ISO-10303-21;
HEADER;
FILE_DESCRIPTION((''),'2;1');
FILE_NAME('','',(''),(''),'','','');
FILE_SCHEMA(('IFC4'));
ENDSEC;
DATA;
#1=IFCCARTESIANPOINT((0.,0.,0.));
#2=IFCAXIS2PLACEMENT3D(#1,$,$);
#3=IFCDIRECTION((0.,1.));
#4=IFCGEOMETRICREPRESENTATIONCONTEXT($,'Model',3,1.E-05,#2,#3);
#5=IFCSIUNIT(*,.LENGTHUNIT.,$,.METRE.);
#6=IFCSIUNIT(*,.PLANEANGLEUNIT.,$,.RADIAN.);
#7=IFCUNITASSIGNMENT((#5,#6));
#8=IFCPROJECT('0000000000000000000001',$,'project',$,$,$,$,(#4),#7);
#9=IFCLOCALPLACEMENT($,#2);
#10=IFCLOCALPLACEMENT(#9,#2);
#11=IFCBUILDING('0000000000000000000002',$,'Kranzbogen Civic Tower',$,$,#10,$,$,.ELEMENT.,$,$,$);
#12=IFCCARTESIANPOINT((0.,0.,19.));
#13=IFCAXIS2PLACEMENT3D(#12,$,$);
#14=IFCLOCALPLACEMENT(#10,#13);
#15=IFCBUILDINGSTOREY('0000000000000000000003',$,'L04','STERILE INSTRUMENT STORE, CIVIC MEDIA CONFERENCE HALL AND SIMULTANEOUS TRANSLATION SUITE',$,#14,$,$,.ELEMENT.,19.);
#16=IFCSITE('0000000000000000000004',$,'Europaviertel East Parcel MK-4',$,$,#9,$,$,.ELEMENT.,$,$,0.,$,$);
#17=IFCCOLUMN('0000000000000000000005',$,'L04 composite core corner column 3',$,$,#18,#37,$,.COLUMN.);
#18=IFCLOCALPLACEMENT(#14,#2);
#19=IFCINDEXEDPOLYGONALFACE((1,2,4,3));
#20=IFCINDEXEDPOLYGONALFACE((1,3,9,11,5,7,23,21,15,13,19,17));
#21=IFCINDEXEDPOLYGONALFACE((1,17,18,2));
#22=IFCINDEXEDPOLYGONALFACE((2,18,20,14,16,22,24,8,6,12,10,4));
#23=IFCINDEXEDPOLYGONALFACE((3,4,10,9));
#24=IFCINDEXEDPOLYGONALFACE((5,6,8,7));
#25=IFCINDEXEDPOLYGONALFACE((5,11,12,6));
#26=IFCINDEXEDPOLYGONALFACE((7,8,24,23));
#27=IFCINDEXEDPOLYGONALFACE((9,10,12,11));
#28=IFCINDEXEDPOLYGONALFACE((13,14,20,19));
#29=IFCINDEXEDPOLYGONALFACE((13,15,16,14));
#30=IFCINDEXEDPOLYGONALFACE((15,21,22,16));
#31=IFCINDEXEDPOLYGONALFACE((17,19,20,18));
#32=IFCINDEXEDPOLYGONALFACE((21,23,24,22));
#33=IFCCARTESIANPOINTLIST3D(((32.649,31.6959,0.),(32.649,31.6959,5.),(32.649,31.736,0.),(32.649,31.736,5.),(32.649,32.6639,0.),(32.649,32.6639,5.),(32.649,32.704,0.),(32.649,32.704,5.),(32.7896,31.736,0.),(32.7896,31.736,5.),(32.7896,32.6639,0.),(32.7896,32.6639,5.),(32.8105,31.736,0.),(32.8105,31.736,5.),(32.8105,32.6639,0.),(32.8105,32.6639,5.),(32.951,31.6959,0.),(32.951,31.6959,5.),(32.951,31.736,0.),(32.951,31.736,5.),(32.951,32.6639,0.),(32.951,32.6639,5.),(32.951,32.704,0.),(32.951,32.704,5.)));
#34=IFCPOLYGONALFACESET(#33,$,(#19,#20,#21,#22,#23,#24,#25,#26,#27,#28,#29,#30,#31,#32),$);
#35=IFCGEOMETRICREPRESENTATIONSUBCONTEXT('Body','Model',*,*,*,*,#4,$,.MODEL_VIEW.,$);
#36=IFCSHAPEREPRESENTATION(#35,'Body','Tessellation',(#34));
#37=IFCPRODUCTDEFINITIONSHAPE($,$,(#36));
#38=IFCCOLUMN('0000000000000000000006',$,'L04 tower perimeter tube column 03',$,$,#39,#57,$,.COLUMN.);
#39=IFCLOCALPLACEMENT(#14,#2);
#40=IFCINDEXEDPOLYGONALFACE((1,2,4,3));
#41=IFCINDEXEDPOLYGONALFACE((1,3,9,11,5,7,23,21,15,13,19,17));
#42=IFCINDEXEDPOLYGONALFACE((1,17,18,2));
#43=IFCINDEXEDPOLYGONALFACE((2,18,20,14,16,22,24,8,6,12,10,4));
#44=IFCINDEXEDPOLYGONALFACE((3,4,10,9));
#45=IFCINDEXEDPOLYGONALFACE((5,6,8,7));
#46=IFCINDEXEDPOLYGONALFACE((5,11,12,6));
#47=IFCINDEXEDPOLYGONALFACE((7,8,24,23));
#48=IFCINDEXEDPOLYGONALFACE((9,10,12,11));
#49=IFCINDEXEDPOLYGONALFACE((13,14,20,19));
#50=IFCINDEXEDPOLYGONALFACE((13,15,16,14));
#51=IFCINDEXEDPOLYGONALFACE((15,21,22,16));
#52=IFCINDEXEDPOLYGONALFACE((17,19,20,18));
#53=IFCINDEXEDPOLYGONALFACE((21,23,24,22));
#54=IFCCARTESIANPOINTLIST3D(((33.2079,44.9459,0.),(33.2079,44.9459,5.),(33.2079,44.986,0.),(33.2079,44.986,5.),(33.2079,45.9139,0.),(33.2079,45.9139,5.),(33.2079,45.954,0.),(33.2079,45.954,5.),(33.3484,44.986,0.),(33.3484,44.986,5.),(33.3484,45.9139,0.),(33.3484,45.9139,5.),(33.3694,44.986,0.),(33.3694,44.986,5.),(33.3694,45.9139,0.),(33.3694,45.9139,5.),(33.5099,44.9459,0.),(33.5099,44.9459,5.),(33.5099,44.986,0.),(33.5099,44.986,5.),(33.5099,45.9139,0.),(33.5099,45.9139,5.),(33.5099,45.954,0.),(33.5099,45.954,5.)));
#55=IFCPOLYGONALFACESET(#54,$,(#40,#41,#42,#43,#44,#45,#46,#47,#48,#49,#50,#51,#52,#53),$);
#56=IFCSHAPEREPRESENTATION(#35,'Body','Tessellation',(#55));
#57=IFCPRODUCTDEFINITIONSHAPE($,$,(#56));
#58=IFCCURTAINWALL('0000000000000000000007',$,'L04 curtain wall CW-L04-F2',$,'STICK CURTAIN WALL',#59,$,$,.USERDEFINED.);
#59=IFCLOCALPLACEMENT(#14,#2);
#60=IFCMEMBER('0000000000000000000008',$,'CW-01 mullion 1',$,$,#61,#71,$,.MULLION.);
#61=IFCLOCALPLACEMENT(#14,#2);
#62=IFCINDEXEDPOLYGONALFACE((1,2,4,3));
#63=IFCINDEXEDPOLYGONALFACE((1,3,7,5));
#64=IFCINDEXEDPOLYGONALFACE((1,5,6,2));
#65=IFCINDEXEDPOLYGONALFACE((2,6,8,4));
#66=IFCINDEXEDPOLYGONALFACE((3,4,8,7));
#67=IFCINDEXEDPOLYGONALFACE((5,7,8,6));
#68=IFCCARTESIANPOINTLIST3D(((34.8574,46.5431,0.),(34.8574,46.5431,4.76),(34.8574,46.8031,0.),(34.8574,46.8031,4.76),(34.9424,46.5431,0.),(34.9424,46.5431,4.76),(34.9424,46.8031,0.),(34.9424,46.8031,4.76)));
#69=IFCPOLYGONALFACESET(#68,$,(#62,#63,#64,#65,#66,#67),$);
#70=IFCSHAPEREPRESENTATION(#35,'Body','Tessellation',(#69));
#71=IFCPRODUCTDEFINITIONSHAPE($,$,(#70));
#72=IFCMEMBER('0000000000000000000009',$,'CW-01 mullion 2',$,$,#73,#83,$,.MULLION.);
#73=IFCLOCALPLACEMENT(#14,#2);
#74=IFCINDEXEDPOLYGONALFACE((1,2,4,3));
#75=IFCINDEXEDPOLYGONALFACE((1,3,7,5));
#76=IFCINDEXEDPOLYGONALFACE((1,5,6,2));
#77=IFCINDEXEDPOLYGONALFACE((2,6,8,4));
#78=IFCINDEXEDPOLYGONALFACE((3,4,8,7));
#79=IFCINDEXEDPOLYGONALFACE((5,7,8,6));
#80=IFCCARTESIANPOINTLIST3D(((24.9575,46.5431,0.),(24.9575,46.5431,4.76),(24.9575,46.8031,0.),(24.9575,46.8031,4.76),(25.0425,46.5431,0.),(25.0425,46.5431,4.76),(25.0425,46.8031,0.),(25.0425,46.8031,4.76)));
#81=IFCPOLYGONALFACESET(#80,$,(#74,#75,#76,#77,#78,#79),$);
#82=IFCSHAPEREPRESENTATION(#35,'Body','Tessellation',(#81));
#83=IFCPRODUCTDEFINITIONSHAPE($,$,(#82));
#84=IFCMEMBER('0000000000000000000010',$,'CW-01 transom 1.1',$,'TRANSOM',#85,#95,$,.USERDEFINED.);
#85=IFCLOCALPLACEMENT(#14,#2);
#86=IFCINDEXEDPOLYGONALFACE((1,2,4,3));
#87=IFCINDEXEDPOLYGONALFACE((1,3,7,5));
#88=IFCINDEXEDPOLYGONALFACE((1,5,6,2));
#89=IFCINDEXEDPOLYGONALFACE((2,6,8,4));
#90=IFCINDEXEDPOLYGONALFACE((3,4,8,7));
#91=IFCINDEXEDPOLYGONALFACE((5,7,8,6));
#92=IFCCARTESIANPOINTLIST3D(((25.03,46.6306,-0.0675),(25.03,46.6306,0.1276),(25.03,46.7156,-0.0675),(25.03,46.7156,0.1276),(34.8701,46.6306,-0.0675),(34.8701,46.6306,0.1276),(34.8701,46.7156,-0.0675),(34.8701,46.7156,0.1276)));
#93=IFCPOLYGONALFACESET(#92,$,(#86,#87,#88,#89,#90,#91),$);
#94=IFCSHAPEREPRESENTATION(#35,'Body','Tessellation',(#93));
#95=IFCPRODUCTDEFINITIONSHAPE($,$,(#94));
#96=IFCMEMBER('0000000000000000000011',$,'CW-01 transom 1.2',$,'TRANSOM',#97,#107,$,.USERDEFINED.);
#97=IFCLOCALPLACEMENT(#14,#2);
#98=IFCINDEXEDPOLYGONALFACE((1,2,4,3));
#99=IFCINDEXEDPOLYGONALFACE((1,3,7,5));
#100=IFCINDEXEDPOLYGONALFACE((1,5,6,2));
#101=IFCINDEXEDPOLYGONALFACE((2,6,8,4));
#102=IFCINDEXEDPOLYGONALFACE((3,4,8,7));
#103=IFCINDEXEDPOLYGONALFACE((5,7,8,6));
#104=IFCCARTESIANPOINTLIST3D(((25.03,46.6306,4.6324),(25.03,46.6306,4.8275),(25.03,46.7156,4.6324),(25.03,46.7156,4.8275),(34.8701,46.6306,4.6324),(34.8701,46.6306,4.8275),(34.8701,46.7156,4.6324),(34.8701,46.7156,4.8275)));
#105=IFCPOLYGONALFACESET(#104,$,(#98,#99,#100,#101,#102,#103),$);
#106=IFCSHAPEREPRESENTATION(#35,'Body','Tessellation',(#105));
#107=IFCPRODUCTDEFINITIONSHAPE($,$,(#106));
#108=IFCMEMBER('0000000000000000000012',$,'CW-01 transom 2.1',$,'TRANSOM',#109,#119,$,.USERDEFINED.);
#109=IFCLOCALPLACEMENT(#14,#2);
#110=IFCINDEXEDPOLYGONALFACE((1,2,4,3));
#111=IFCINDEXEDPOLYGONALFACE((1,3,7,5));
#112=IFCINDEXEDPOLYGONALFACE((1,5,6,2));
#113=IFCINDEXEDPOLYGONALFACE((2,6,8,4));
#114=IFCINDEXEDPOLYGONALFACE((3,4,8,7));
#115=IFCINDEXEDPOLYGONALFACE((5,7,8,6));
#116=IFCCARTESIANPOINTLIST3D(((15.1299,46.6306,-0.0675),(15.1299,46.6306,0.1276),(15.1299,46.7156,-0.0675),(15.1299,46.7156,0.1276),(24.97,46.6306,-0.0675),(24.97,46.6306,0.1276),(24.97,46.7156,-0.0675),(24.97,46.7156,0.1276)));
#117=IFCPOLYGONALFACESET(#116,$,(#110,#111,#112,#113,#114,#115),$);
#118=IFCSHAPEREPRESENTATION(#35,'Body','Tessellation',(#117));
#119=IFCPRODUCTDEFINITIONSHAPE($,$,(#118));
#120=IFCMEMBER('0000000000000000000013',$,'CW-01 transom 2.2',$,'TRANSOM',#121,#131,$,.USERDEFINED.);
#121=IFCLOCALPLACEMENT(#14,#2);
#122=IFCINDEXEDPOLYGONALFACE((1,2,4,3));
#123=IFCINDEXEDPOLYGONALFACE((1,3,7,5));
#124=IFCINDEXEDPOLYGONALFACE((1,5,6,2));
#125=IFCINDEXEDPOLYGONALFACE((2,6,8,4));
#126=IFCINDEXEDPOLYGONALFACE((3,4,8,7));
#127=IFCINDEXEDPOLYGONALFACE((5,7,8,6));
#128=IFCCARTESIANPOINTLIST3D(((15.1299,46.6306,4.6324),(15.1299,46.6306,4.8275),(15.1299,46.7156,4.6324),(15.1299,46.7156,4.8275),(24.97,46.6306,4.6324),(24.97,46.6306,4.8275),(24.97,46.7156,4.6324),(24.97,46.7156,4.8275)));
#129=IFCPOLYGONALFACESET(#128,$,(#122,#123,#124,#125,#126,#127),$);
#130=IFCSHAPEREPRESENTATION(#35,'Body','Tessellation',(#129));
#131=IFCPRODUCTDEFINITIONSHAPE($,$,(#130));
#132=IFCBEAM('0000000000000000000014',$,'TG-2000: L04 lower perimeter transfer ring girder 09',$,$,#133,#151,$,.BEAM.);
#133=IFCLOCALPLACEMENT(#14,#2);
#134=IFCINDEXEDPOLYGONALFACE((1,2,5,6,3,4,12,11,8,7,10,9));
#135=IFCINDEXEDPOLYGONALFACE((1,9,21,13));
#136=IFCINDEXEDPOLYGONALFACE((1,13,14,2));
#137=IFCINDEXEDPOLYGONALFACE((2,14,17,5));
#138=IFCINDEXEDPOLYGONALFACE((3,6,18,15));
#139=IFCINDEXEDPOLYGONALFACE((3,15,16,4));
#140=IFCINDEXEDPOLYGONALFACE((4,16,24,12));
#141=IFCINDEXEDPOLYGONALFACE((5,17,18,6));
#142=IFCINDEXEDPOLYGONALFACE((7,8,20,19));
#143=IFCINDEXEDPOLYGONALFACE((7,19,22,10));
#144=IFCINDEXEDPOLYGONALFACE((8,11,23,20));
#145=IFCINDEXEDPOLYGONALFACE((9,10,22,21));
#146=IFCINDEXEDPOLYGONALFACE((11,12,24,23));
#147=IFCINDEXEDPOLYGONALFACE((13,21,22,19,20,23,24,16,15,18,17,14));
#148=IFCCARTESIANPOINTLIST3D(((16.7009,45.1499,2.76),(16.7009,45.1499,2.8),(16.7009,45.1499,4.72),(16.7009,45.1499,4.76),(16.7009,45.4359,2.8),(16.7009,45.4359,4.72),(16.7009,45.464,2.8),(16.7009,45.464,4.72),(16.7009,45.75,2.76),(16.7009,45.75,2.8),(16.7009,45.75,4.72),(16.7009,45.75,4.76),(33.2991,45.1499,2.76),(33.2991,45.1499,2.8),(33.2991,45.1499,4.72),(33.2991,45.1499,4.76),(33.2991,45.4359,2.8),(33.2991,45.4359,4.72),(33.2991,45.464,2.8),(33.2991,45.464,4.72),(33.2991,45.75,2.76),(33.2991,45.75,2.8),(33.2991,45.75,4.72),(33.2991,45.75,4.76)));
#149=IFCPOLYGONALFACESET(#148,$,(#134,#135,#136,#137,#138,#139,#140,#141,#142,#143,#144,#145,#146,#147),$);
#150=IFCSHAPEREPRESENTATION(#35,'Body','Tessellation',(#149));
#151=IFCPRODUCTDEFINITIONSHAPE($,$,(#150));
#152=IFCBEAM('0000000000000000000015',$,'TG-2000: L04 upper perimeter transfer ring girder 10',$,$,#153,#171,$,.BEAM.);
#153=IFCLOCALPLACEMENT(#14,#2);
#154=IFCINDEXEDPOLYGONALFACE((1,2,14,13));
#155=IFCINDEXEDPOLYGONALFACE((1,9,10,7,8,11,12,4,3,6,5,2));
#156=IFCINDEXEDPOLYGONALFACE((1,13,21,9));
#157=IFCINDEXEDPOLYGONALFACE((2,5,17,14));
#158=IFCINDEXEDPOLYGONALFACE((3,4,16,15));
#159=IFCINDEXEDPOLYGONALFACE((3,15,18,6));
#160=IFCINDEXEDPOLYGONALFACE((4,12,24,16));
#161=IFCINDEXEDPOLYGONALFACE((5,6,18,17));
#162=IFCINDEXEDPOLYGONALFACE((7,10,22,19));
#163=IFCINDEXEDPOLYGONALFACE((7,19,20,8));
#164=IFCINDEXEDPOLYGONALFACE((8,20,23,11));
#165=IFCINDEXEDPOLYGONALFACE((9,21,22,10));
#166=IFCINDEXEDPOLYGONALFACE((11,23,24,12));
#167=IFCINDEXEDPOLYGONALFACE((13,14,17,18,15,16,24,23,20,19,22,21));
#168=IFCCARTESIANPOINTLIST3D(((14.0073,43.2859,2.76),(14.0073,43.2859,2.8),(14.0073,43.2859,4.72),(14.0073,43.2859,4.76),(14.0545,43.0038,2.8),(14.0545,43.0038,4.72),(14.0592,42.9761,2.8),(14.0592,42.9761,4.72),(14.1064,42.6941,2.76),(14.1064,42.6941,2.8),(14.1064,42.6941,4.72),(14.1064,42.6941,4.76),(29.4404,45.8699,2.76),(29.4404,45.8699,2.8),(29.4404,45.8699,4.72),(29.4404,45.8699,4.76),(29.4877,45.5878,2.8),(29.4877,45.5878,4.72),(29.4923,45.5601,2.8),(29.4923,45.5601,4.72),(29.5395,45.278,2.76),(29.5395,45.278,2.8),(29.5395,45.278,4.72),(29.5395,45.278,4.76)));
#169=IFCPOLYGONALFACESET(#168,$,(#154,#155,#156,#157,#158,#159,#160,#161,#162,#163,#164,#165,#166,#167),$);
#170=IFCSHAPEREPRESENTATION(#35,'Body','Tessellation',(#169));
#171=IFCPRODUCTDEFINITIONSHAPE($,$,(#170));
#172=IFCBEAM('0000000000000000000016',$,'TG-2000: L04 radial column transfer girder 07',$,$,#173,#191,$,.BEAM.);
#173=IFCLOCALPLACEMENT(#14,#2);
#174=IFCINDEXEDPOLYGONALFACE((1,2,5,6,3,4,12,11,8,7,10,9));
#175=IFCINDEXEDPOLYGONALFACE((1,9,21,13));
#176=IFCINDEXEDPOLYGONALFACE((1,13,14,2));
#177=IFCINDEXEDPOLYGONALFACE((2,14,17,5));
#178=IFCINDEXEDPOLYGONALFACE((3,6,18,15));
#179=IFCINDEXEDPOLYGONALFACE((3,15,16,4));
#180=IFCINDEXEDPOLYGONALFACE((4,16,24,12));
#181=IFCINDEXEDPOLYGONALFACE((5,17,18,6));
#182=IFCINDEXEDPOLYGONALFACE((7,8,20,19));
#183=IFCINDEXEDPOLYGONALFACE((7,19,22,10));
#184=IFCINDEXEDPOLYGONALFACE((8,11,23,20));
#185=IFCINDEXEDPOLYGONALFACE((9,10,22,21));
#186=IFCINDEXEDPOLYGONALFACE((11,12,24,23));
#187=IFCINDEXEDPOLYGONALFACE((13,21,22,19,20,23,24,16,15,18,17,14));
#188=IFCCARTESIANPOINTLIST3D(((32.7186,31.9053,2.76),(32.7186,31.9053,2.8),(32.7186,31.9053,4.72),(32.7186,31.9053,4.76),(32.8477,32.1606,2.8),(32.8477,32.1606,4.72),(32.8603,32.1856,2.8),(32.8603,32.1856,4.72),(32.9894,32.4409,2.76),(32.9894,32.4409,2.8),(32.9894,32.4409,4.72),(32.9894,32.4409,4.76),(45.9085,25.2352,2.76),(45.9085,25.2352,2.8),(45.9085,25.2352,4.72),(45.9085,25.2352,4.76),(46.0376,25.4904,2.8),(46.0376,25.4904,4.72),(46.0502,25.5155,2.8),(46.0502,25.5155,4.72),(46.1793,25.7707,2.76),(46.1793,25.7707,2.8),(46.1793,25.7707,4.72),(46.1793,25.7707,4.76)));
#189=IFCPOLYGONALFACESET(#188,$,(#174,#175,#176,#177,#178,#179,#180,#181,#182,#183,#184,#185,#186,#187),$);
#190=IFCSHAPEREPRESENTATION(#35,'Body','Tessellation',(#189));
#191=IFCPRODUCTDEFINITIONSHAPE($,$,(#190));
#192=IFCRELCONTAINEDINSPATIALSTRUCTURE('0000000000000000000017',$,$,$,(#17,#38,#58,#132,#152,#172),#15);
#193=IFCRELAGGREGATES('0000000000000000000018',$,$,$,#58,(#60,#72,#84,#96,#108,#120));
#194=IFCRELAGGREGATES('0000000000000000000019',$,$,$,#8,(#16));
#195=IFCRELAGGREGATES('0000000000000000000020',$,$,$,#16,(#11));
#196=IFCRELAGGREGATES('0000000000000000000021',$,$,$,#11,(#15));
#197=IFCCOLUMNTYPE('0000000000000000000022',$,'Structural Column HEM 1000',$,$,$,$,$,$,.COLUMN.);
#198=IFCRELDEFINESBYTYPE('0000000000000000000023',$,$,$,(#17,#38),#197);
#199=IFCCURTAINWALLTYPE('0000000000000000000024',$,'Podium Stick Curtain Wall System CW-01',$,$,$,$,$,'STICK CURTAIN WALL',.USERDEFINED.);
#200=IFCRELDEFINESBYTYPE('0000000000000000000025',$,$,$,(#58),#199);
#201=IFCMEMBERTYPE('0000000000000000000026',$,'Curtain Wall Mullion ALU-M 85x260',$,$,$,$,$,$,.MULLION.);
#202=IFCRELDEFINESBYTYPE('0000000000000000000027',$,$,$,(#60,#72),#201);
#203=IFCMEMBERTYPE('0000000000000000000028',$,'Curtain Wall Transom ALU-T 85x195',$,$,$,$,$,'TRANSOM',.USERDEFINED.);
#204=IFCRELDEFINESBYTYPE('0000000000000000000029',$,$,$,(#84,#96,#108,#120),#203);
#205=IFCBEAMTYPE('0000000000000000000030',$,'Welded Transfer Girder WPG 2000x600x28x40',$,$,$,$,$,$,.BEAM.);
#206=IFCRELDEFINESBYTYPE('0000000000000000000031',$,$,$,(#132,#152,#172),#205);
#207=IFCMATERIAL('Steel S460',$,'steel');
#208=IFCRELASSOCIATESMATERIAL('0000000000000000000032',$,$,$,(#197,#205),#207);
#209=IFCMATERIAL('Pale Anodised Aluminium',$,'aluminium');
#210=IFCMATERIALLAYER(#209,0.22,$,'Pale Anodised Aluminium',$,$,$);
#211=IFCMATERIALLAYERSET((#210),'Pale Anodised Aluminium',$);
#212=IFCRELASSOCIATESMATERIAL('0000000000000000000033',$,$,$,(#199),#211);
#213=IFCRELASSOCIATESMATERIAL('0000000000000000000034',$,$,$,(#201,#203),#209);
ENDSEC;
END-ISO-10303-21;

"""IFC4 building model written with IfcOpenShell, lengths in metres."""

from ifc_helpers import new_model, si_unit, direction, frame, origin, origin_2d, place, context, subcontext, project, spatial, rectangle, i_section, extrude, material, layer, layer_set, material_profile, profile_set, type_object, element, aggregate, save


model = new_model("IFC4")

# Units and contexts
model_context = context("Model", 3, precision=1e-05, world=origin(), true_north=direction((0.0, 1.0)))
body_context = subcontext(model_context, "Body", "Model", "MODEL_VIEW")
ifc_project = project(units=[si_unit("LENGTHUNIT", "METRE"), si_unit("PLANEANGLEUNIT", "RADIAN")], contexts=[model_context])

# Site, building, storey
site_placement = place(None, origin())
site = spatial("IfcSite", under=ifc_project, at=site_placement, Name="Europaviertel East Parcel MK-4", CompositionType="ELEMENT", RefElevation=0.0)
building_placement = place(site_placement, origin())
building = spatial("IfcBuilding", under=site, at=building_placement, Name="Kranzbogen Civic Tower", CompositionType="ELEMENT")
storey_placement = place(building_placement, frame((0.0, 0.0, 19.0)))
storey = spatial("IfcBuildingStorey", under=building, at=storey_placement, Name="L04", Description="STERILE INSTRUMENT STORE, CIVIC MEDIA CONFERENCE HALL AND SIMULTANEOUS TRANSLATION SUITE", CompositionType="ELEMENT", Elevation=19.0)

# Columns
ifc_material_1 = material(Name="Steel S460", Category="steel")
ifc_material_profile_1 = material_profile(ifc_material_1, i_section(OverallWidth=0.302, OverallDepth=1.0081, WebThickness=0.021, FlangeThickness=0.04, at=origin_2d()), Name="HEM 1000")
ifc_profile_set_1 = profile_set([ifc_material_profile_1], Name="Steel S460")
column_type = type_object("IfcColumnType", Name="Structural Column HEM 1000", PredefinedType="COLUMN", material=ifc_profile_set_1)
for number, where, z_axis, x_axis, name in (
    (1, (32.8, 32.2, 0.0), (0.0, 0.0, 1.0), (1.0, 0.0, 0.0), "L04 composite core corner column 3"),
    (2, (33.3589, 45.45, 0.0), (0.0, 0.0, 1.0), (1.0, 0.0, 0.0), "L04 tower perimeter tube column 03"),
):
    element("IfcColumn", number, at=place(storey_placement, frame(where, z_axis=z_axis, x_axis=x_axis)), inside=storey, type_object=column_type, Name=name, PredefinedType="COLUMN", context=body_context, shape_type="SweptSolid", body=[
        extrude(i_section(OverallWidth=0.302, OverallDepth=1.0081, WebThickness=0.021, FlangeThickness=0.04, at=origin_2d()), origin(), (0.0, 0.0, 1.0), 5.0),
    ])

# Curtain wall, members
ifc_material_2 = material(Name="Pale Anodised Aluminium", Category="aluminium")
ifc_layer_1 = layer(ifc_material_2, 0.22, Name="Pale Anodised Aluminium")
ifc_layer_set_1 = layer_set([ifc_layer_1], Name="Pale Anodised Aluminium")
curtain_wall_type = type_object("IfcCurtainWallType", Name="Podium Stick Curtain Wall System CW-01", ElementType="STICK CURTAIN WALL", PredefinedType="USERDEFINED", material=ifc_layer_set_1)
curtain_wall_placement = place(storey_placement, origin())
curtain_wall = element("IfcCurtainWall", 3, at=curtain_wall_placement, inside=storey, type_object=curtain_wall_type, Name="L04 curtain wall CW-L04-F2", ObjectType="STICK CURTAIN WALL", PredefinedType="USERDEFINED")
ifc_material_profile_2 = material_profile(ifc_material_2, rectangle(XDim=0.085, YDim=0.26, at=origin_2d()), Name="ALU-M 85x260")
ifc_profile_set_2 = profile_set([ifc_material_profile_2], Name="Pale Anodised Aluminium")
member_type_1 = type_object("IfcMemberType", Name="Curtain Wall Mullion ALU-M 85x260", PredefinedType="MULLION", material=ifc_profile_set_2)
member_1_placement = place(storey_placement, frame((34.8999, 46.6731, 0.0), z_axis=(0.0, 0.0, 1.0), x_axis=(-1.0, 0.0, 0.0)))
member_1 = element("IfcMember", 4, at=member_1_placement, type_object=member_type_1, Name="CW-01 mullion 1", PredefinedType="MULLION", context=body_context, shape_type="SweptSolid", body=[
    extrude(rectangle(XDim=0.085, YDim=0.26, at=origin_2d()), origin(), (0.0, 0.0, 1.0), 4.76),
])
member_2_placement = place(storey_placement, frame((25.0, 46.6731, 0.0), z_axis=(0.0, 0.0, 1.0), x_axis=(-1.0, 0.0, 0.0)))
member_2 = element("IfcMember", 5, at=member_2_placement, type_object=member_type_1, Name="CW-01 mullion 2", PredefinedType="MULLION", context=body_context, shape_type="SweptSolid", body=[
    extrude(rectangle(XDim=0.085, YDim=0.26, at=origin_2d()), origin(), (0.0, 0.0, 1.0), 4.76),
])
ifc_material_profile_3 = material_profile(ifc_material_2, rectangle(XDim=0.085, YDim=0.1951, at=origin_2d()), Name="ALU-T 85x195")
ifc_profile_set_3 = profile_set([ifc_material_profile_3], Name="Pale Anodised Aluminium")
member_type_2 = type_object("IfcMemberType", Name="Curtain Wall Transom ALU-T 85x195", ElementType="TRANSOM", PredefinedType="USERDEFINED", material=ifc_profile_set_3)
member_3_placement = place(storey_placement, frame((34.8701, 46.6731, 0.03), z_axis=(-1.0, 0.0, 0.0), x_axis=(0.0, -1.0, 0.0)))
member_3 = element("IfcMember", 6, at=member_3_placement, type_object=member_type_2, Name="CW-01 transom 1.1", ObjectType="TRANSOM", PredefinedType="USERDEFINED", context=body_context, shape_type="SweptSolid", body=[
    extrude(rectangle(XDim=0.085, YDim=0.1951, at=origin_2d()), origin(), (0.0, 0.0, 1.0), 9.8401),
])
member_4_placement = place(storey_placement, frame((34.8701, 46.6731, 4.73), z_axis=(-1.0, 0.0, 0.0), x_axis=(0.0, -1.0, 0.0)))
member_4 = element("IfcMember", 7, at=member_4_placement, type_object=member_type_2, Name="CW-01 transom 1.2", ObjectType="TRANSOM", PredefinedType="USERDEFINED", context=body_context, shape_type="SweptSolid", body=[
    extrude(rectangle(XDim=0.085, YDim=0.1951, at=origin_2d()), origin(), (0.0, 0.0, 1.0), 9.8401),
])
member_5_placement = place(storey_placement, frame((24.97, 46.6731, 0.03), z_axis=(-1.0, 0.0, 0.0), x_axis=(0.0, -1.0, 0.0)))
member_5 = element("IfcMember", 8, at=member_5_placement, type_object=member_type_2, Name="CW-01 transom 2.1", ObjectType="TRANSOM", PredefinedType="USERDEFINED", context=body_context, shape_type="SweptSolid", body=[
    extrude(rectangle(XDim=0.085, YDim=0.1951, at=origin_2d()), origin(), (0.0, 0.0, 1.0), 9.8401),
])
member_6_placement = place(storey_placement, frame((24.97, 46.6731, 4.73), z_axis=(-1.0, 0.0, 0.0), x_axis=(0.0, -1.0, 0.0)))
member_6 = element("IfcMember", 9, at=member_6_placement, type_object=member_type_2, Name="CW-01 transom 2.2", ObjectType="TRANSOM", PredefinedType="USERDEFINED", context=body_context, shape_type="SweptSolid", body=[
    extrude(rectangle(XDim=0.085, YDim=0.1951, at=origin_2d()), origin(), (0.0, 0.0, 1.0), 9.8401),
])

# Beams
ifc_material_profile_4 = material_profile(ifc_material_1, i_section(OverallWidth=0.6001, OverallDepth=2.0, WebThickness=0.0281, FlangeThickness=0.04, at=origin_2d()), Name="WPG 2000x600x28x40")
ifc_profile_set_4 = profile_set([ifc_material_profile_4], Name="Steel S460")
beam_type = type_object("IfcBeamType", Name="Welded Transfer Girder WPG 2000x600x28x40", PredefinedType="BEAM", material=ifc_profile_set_4)
beam_1_placement = place(storey_placement, frame((33.2991, 45.45, 3.76), z_axis=(-1.0, 0.0, 0.0), x_axis=(0.0, -1.0, 0.0)))
element("IfcBeam", 10, at=beam_1_placement, inside=storey, type_object=beam_type, Name="TG-2000: L04 lower perimeter transfer ring girder 09", PredefinedType="BEAM", context=body_context, shape_type="SweptSolid", body=[
    extrude(i_section(OverallWidth=0.6001, OverallDepth=2.0, WebThickness=0.0281, FlangeThickness=0.04, at=origin_2d()), origin(), (0.0, 0.0, 1.0), 16.5981),
])
beam_2_placement = place(storey_placement, frame((29.49, 45.574, 3.76), z_axis=(-0.986271, -0.165133, 0.0), x_axis=(0.165133, -0.986271, 0.0)))
element("IfcBeam", 11, at=beam_2_placement, inside=storey, type_object=beam_type, Name="TG-2000: L04 upper perimeter transfer ring girder 10", PredefinedType="BEAM", context=body_context, shape_type="SweptSolid", body=[
    extrude(i_section(OverallWidth=0.6001, OverallDepth=2.0, WebThickness=0.0281, FlangeThickness=0.04, at=origin_2d()), origin(), (0.0, 0.0, 1.0), 15.6479),
])
beam_3_placement = place(storey_placement, frame((32.854, 32.1731, 3.76), z_axis=(0.892383, -0.451279, 0.0), x_axis=(0.451279, 0.892383, 0.0)))
element("IfcBeam", 12, at=beam_3_placement, inside=storey, type_object=beam_type, Name="TG-2000: L04 radial column transfer girder 07", PredefinedType="BEAM", context=body_context, shape_type="SweptSolid", body=[
    extrude(i_section(OverallWidth=0.6001, OverallDepth=2.0, WebThickness=0.0281, FlangeThickness=0.04, at=origin_2d()), origin(), (0.0, 0.0, 1.0), 14.7805),
])

aggregate(curtain_wall, [member_1, member_2, member_3, member_4, member_5, member_6])

save(model, "model.ifc")
